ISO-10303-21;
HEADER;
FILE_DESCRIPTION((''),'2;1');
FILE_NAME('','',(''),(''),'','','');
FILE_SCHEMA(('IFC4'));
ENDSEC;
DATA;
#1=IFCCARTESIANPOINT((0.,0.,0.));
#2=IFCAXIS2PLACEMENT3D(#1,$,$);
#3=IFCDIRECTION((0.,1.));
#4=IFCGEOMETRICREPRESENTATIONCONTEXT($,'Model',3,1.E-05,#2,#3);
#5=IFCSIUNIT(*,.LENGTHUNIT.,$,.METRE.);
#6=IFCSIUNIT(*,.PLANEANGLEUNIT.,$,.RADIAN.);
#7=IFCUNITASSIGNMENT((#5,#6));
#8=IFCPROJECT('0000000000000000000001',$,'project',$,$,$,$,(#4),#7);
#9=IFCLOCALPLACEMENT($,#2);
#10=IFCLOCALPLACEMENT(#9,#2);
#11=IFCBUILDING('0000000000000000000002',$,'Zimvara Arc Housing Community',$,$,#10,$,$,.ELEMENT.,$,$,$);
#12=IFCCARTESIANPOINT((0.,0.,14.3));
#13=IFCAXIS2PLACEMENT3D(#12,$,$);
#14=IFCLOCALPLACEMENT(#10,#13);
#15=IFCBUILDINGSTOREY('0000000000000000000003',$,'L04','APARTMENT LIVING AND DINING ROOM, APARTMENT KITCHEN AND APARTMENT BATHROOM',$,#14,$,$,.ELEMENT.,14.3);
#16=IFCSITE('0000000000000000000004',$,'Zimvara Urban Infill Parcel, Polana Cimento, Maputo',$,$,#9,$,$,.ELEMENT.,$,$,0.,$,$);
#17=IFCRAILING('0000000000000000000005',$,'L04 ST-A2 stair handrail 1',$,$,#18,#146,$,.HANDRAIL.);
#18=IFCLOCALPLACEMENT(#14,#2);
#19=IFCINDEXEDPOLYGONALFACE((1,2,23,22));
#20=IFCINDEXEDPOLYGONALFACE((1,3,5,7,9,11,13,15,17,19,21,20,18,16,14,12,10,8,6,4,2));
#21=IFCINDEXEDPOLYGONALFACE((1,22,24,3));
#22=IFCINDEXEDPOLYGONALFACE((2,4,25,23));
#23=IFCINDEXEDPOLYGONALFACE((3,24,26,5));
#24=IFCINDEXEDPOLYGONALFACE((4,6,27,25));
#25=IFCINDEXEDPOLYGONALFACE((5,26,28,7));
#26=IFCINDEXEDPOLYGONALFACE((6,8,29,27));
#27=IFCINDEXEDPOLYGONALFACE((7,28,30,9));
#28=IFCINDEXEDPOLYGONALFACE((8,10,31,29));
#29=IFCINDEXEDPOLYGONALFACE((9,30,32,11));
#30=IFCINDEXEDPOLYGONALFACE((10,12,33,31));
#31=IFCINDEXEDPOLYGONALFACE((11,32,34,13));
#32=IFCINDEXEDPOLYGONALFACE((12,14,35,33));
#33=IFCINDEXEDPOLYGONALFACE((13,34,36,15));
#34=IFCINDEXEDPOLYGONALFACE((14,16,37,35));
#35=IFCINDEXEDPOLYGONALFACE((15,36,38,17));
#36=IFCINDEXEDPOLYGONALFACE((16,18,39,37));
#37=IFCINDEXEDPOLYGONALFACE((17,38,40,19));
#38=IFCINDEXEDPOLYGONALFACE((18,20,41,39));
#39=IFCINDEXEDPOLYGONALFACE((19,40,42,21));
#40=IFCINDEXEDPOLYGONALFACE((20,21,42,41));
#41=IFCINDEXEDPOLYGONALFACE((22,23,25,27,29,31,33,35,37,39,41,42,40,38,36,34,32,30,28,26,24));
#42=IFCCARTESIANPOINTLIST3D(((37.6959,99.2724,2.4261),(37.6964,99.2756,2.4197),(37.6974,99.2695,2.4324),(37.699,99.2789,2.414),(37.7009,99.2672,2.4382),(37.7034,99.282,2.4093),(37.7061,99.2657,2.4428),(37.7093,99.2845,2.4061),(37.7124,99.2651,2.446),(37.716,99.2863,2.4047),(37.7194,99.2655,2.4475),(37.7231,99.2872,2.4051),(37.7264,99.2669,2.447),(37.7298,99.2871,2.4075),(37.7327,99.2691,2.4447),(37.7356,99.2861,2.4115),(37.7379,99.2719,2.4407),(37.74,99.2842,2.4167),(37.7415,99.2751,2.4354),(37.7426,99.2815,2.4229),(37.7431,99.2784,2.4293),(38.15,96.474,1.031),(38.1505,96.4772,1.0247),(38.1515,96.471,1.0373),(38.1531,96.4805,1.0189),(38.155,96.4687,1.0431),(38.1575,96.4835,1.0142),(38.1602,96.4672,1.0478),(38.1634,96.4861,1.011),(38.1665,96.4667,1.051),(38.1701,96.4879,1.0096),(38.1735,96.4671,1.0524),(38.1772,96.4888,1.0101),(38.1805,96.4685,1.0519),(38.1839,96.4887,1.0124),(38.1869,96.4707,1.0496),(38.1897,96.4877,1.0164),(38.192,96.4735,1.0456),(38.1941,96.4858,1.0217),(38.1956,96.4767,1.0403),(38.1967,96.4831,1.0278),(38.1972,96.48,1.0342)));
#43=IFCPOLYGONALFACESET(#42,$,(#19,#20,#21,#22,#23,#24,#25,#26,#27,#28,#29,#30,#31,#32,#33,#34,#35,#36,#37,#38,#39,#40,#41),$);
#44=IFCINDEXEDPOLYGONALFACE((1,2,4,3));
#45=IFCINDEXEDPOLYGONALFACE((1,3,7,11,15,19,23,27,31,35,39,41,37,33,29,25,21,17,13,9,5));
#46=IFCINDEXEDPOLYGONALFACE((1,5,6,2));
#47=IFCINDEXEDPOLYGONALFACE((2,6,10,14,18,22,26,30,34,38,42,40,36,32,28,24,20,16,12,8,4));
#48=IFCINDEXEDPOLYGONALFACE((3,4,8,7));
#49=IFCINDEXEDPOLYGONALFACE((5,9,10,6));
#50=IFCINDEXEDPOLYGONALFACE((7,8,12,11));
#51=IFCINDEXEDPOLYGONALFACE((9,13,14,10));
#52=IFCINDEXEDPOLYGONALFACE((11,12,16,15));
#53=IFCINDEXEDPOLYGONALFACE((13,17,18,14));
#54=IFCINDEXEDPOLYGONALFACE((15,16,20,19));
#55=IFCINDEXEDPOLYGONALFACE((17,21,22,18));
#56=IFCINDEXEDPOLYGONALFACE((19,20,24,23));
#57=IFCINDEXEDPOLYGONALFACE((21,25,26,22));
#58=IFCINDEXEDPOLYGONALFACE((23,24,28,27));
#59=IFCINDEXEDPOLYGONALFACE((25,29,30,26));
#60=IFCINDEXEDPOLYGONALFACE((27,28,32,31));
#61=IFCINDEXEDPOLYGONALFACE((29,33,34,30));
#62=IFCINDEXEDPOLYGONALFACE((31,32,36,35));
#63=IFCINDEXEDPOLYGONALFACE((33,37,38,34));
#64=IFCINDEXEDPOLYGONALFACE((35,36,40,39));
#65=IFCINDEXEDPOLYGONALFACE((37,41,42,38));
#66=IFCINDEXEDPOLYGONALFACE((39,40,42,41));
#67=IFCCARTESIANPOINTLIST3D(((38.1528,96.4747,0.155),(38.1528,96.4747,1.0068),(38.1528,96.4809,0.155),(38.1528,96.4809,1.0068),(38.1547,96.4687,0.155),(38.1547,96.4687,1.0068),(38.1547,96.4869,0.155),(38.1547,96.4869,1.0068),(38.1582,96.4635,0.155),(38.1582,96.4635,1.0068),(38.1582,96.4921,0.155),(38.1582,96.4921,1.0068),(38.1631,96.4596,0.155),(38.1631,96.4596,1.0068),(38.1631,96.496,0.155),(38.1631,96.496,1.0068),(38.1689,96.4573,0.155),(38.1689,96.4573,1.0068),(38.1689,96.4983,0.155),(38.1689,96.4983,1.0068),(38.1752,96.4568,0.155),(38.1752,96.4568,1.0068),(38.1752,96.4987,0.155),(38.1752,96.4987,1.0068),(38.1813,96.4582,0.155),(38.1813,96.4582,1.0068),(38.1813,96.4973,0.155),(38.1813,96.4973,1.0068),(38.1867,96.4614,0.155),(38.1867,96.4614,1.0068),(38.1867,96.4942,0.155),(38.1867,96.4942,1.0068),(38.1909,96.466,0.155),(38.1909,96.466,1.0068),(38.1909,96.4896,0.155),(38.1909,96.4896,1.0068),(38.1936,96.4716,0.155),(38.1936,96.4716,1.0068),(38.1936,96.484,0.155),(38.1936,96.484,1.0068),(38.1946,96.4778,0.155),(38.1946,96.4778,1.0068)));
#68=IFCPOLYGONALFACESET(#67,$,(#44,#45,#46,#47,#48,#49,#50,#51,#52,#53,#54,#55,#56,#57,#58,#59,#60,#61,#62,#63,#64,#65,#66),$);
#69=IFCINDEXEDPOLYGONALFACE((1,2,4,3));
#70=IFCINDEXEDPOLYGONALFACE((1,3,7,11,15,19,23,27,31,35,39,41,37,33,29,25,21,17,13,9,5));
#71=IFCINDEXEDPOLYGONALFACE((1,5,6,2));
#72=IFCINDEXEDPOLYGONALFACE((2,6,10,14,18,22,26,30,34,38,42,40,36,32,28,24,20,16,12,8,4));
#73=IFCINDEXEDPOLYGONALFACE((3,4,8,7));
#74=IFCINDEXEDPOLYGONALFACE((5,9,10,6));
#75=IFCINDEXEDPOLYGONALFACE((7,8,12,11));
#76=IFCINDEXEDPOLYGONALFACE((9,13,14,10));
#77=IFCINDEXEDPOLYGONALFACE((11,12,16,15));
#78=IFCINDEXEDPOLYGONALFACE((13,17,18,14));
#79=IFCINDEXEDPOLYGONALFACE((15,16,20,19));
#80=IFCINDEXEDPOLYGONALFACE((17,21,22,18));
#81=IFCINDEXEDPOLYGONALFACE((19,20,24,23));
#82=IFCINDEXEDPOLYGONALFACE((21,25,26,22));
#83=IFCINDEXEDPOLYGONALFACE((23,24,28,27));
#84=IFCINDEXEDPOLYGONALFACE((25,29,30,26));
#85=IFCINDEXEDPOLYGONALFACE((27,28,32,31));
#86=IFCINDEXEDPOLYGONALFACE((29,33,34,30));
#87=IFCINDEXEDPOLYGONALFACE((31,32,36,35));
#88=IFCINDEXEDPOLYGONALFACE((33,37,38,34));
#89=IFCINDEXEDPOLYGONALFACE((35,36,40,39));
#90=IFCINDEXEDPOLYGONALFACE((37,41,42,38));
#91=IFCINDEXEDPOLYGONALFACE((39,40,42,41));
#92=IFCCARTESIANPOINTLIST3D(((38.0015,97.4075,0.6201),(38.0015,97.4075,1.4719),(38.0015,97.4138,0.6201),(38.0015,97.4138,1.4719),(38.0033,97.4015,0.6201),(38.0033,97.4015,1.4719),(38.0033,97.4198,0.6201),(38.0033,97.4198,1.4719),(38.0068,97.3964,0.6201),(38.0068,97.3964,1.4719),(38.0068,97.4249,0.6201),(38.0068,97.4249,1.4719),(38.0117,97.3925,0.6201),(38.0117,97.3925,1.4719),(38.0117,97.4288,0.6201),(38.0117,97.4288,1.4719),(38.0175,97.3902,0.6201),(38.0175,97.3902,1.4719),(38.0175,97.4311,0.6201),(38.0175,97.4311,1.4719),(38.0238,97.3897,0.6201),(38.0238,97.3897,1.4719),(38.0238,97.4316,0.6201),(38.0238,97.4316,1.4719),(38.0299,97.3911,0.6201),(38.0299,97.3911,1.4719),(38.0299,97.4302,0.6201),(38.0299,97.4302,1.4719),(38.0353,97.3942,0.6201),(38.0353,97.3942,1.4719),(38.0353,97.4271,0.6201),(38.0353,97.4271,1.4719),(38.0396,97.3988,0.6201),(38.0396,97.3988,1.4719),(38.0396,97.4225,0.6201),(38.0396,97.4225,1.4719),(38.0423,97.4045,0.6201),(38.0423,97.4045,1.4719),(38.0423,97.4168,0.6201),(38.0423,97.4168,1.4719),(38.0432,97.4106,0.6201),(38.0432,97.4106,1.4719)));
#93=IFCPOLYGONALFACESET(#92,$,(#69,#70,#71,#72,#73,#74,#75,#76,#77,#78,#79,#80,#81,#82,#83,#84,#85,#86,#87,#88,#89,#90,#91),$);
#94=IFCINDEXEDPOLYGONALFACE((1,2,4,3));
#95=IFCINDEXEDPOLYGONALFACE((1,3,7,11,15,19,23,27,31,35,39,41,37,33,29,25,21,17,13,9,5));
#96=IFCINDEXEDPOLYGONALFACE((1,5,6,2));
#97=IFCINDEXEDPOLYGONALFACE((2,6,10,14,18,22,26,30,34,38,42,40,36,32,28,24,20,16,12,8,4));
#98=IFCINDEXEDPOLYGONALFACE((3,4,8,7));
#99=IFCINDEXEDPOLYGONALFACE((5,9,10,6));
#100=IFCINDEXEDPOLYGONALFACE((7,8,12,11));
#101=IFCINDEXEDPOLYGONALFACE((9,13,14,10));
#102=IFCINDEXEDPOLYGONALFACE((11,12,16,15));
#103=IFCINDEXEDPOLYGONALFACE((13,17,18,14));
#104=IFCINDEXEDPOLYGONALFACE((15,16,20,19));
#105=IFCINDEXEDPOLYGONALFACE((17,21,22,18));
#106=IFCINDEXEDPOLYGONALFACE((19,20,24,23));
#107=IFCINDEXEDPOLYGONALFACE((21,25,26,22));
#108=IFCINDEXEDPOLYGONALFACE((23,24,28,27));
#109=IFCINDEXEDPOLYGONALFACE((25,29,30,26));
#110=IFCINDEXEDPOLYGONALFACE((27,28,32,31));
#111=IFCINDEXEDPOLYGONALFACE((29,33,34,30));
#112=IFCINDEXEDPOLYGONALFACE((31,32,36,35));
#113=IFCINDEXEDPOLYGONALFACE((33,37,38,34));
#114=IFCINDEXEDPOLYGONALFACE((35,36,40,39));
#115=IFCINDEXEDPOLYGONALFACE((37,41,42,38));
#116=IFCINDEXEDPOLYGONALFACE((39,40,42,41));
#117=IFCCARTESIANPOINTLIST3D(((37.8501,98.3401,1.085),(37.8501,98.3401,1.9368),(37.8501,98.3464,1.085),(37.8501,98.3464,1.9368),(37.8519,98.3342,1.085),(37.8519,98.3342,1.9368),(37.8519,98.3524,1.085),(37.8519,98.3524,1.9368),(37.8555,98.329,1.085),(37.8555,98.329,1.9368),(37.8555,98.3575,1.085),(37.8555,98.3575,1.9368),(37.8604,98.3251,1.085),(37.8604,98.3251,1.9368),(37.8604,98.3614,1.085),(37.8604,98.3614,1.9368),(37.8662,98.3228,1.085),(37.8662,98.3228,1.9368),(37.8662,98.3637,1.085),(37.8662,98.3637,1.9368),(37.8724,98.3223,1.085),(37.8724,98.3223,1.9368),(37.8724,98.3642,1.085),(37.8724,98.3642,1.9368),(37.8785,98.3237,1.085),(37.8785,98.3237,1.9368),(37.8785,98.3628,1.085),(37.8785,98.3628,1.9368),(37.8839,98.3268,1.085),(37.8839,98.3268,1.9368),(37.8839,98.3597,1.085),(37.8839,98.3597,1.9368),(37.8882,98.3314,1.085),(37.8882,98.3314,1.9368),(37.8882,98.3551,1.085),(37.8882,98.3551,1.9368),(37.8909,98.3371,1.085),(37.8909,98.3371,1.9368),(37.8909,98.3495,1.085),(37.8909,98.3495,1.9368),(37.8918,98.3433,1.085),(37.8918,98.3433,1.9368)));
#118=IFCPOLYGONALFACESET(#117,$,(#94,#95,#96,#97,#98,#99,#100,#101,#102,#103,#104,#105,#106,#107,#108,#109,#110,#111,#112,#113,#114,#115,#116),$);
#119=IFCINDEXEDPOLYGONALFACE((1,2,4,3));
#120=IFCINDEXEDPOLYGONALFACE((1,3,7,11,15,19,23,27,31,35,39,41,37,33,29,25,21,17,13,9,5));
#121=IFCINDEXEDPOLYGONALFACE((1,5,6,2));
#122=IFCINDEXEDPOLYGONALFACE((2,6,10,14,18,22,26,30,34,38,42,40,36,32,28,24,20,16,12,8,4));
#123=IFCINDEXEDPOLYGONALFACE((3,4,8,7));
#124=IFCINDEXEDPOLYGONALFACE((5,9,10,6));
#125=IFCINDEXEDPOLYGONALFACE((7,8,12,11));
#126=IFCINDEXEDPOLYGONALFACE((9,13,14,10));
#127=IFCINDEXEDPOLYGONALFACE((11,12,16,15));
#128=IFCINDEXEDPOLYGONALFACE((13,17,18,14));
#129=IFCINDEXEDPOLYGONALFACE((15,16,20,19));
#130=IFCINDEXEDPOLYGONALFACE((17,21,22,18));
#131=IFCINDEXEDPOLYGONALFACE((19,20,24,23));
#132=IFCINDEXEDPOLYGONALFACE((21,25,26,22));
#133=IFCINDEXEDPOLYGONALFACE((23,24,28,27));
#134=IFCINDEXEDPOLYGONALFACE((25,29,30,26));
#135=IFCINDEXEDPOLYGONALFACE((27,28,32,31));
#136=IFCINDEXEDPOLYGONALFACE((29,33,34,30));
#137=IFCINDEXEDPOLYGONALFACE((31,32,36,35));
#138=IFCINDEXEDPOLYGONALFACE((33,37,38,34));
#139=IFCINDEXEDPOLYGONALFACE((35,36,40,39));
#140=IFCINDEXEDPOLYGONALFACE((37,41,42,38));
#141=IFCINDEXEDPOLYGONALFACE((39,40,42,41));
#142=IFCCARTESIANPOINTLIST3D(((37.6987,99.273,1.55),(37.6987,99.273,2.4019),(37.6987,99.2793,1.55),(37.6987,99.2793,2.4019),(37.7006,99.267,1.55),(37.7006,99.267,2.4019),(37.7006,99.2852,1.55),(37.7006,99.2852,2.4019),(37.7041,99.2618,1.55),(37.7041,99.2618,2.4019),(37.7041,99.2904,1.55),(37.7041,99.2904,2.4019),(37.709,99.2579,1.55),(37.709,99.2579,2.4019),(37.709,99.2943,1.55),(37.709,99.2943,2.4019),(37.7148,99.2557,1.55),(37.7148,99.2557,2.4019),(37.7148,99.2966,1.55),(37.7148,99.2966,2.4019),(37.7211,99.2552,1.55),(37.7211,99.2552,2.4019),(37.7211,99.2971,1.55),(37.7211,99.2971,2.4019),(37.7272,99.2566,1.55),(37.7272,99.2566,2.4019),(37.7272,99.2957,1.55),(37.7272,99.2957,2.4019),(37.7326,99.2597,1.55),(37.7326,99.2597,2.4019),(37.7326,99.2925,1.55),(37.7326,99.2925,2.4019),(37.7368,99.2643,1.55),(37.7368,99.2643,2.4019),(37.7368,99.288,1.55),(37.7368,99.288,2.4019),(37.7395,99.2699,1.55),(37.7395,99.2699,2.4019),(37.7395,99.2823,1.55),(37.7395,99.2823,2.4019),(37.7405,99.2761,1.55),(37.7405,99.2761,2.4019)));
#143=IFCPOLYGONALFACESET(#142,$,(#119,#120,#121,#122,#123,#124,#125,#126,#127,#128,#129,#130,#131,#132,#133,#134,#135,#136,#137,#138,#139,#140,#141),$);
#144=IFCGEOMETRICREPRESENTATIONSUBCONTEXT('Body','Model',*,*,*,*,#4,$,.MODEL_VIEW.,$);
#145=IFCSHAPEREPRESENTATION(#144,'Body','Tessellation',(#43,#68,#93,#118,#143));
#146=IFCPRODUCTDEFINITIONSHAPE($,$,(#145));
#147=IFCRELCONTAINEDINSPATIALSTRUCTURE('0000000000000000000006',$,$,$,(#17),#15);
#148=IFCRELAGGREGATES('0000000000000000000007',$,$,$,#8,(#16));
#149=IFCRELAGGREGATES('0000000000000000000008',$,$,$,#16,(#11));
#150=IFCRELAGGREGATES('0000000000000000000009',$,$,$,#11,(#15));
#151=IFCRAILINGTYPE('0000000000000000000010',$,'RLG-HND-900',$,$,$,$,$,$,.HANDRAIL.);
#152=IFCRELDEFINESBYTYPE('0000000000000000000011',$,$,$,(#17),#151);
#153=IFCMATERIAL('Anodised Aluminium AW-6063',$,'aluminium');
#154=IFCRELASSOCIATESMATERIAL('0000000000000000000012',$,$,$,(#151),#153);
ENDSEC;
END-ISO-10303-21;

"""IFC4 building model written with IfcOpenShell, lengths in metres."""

from ifc_helpers import new_model, si_unit, direction, frame, origin, origin_2d, place, context, subcontext, project, spatial, circle, extrude, material, type_object, element, save


model = new_model("IFC4")

# Units and contexts
model_context = context("Model", 3, precision=1e-05, world=origin(), true_north=direction((0.0, 1.0)))
body_context = subcontext(model_context, "Body", "Model", "MODEL_VIEW")
ifc_project = project(units=[si_unit("LENGTHUNIT", "METRE"), si_unit("PLANEANGLEUNIT", "RADIAN")], contexts=[model_context])

# Site, building, storey
site_placement = place(None, origin())
site = spatial("IfcSite", under=ifc_project, at=site_placement, Name="Zimvara Urban Infill Parcel, Polana Cimento, Maputo", CompositionType="ELEMENT", RefElevation=0.0)
building_placement = place(site_placement, origin())
building = spatial("IfcBuilding", under=site, at=building_placement, Name="Zimvara Arc Housing Community", CompositionType="ELEMENT")
storey_placement = place(building_placement, frame((0.0, 0.0, 14.3)))
storey = spatial("IfcBuildingStorey", under=building, at=storey_placement, Name="L04", Description="APARTMENT LIVING AND DINING ROOM, APARTMENT KITCHEN AND APARTMENT BATHROOM", CompositionType="ELEMENT", Elevation=14.3)

# Railing
ifc_material_1 = material(Name="Anodised Aluminium AW-6063", Category="aluminium")
railing_type_1 = type_object("IfcRailingType", Name="RLG-HND-900", PredefinedType="HANDRAIL", material=ifc_material_1)
railing_1_placement = place(storey_placement, frame((38.1736, 96.4778, 0.155)))
element("IfcRailing", 1, at=railing_1_placement, inside=storey, type_object=railing_type_1, Name="L04 ST-A2 stair handrail 1", PredefinedType="HANDRAIL", context=body_context, shape_type="SweptSolid", body=[
    extrude(circle(Radius=0.0239, at=origin_2d()), frame((0.0, 0.0, 0.876), z_axis=(-0.143722, 0.885666, 0.44152), x_axis=(-0.987088, -0.16018, 0.0)), (0.0, 0.0, 1.0), 3.1597),
    extrude(circle(Radius=0.021, at=origin_2d()), origin(), (0.0, 0.0, 1.0), 0.8518),
    extrude(circle(Radius=0.021, at=origin_2d()), frame((-0.1514, 0.9329, 0.4651)), (0.0, 0.0, 1.0), 0.8518),
    extrude(circle(Radius=0.021, at=origin_2d()), frame((-0.3027, 1.8655, 0.9299)), (0.0, 0.0, 1.0), 0.8518),
    extrude(circle(Radius=0.021, at=origin_2d()), frame((-0.4541, 2.7983, 1.395)), (0.0, 0.0, 1.0), 0.8518),
])

save(model, "model.ifc")
